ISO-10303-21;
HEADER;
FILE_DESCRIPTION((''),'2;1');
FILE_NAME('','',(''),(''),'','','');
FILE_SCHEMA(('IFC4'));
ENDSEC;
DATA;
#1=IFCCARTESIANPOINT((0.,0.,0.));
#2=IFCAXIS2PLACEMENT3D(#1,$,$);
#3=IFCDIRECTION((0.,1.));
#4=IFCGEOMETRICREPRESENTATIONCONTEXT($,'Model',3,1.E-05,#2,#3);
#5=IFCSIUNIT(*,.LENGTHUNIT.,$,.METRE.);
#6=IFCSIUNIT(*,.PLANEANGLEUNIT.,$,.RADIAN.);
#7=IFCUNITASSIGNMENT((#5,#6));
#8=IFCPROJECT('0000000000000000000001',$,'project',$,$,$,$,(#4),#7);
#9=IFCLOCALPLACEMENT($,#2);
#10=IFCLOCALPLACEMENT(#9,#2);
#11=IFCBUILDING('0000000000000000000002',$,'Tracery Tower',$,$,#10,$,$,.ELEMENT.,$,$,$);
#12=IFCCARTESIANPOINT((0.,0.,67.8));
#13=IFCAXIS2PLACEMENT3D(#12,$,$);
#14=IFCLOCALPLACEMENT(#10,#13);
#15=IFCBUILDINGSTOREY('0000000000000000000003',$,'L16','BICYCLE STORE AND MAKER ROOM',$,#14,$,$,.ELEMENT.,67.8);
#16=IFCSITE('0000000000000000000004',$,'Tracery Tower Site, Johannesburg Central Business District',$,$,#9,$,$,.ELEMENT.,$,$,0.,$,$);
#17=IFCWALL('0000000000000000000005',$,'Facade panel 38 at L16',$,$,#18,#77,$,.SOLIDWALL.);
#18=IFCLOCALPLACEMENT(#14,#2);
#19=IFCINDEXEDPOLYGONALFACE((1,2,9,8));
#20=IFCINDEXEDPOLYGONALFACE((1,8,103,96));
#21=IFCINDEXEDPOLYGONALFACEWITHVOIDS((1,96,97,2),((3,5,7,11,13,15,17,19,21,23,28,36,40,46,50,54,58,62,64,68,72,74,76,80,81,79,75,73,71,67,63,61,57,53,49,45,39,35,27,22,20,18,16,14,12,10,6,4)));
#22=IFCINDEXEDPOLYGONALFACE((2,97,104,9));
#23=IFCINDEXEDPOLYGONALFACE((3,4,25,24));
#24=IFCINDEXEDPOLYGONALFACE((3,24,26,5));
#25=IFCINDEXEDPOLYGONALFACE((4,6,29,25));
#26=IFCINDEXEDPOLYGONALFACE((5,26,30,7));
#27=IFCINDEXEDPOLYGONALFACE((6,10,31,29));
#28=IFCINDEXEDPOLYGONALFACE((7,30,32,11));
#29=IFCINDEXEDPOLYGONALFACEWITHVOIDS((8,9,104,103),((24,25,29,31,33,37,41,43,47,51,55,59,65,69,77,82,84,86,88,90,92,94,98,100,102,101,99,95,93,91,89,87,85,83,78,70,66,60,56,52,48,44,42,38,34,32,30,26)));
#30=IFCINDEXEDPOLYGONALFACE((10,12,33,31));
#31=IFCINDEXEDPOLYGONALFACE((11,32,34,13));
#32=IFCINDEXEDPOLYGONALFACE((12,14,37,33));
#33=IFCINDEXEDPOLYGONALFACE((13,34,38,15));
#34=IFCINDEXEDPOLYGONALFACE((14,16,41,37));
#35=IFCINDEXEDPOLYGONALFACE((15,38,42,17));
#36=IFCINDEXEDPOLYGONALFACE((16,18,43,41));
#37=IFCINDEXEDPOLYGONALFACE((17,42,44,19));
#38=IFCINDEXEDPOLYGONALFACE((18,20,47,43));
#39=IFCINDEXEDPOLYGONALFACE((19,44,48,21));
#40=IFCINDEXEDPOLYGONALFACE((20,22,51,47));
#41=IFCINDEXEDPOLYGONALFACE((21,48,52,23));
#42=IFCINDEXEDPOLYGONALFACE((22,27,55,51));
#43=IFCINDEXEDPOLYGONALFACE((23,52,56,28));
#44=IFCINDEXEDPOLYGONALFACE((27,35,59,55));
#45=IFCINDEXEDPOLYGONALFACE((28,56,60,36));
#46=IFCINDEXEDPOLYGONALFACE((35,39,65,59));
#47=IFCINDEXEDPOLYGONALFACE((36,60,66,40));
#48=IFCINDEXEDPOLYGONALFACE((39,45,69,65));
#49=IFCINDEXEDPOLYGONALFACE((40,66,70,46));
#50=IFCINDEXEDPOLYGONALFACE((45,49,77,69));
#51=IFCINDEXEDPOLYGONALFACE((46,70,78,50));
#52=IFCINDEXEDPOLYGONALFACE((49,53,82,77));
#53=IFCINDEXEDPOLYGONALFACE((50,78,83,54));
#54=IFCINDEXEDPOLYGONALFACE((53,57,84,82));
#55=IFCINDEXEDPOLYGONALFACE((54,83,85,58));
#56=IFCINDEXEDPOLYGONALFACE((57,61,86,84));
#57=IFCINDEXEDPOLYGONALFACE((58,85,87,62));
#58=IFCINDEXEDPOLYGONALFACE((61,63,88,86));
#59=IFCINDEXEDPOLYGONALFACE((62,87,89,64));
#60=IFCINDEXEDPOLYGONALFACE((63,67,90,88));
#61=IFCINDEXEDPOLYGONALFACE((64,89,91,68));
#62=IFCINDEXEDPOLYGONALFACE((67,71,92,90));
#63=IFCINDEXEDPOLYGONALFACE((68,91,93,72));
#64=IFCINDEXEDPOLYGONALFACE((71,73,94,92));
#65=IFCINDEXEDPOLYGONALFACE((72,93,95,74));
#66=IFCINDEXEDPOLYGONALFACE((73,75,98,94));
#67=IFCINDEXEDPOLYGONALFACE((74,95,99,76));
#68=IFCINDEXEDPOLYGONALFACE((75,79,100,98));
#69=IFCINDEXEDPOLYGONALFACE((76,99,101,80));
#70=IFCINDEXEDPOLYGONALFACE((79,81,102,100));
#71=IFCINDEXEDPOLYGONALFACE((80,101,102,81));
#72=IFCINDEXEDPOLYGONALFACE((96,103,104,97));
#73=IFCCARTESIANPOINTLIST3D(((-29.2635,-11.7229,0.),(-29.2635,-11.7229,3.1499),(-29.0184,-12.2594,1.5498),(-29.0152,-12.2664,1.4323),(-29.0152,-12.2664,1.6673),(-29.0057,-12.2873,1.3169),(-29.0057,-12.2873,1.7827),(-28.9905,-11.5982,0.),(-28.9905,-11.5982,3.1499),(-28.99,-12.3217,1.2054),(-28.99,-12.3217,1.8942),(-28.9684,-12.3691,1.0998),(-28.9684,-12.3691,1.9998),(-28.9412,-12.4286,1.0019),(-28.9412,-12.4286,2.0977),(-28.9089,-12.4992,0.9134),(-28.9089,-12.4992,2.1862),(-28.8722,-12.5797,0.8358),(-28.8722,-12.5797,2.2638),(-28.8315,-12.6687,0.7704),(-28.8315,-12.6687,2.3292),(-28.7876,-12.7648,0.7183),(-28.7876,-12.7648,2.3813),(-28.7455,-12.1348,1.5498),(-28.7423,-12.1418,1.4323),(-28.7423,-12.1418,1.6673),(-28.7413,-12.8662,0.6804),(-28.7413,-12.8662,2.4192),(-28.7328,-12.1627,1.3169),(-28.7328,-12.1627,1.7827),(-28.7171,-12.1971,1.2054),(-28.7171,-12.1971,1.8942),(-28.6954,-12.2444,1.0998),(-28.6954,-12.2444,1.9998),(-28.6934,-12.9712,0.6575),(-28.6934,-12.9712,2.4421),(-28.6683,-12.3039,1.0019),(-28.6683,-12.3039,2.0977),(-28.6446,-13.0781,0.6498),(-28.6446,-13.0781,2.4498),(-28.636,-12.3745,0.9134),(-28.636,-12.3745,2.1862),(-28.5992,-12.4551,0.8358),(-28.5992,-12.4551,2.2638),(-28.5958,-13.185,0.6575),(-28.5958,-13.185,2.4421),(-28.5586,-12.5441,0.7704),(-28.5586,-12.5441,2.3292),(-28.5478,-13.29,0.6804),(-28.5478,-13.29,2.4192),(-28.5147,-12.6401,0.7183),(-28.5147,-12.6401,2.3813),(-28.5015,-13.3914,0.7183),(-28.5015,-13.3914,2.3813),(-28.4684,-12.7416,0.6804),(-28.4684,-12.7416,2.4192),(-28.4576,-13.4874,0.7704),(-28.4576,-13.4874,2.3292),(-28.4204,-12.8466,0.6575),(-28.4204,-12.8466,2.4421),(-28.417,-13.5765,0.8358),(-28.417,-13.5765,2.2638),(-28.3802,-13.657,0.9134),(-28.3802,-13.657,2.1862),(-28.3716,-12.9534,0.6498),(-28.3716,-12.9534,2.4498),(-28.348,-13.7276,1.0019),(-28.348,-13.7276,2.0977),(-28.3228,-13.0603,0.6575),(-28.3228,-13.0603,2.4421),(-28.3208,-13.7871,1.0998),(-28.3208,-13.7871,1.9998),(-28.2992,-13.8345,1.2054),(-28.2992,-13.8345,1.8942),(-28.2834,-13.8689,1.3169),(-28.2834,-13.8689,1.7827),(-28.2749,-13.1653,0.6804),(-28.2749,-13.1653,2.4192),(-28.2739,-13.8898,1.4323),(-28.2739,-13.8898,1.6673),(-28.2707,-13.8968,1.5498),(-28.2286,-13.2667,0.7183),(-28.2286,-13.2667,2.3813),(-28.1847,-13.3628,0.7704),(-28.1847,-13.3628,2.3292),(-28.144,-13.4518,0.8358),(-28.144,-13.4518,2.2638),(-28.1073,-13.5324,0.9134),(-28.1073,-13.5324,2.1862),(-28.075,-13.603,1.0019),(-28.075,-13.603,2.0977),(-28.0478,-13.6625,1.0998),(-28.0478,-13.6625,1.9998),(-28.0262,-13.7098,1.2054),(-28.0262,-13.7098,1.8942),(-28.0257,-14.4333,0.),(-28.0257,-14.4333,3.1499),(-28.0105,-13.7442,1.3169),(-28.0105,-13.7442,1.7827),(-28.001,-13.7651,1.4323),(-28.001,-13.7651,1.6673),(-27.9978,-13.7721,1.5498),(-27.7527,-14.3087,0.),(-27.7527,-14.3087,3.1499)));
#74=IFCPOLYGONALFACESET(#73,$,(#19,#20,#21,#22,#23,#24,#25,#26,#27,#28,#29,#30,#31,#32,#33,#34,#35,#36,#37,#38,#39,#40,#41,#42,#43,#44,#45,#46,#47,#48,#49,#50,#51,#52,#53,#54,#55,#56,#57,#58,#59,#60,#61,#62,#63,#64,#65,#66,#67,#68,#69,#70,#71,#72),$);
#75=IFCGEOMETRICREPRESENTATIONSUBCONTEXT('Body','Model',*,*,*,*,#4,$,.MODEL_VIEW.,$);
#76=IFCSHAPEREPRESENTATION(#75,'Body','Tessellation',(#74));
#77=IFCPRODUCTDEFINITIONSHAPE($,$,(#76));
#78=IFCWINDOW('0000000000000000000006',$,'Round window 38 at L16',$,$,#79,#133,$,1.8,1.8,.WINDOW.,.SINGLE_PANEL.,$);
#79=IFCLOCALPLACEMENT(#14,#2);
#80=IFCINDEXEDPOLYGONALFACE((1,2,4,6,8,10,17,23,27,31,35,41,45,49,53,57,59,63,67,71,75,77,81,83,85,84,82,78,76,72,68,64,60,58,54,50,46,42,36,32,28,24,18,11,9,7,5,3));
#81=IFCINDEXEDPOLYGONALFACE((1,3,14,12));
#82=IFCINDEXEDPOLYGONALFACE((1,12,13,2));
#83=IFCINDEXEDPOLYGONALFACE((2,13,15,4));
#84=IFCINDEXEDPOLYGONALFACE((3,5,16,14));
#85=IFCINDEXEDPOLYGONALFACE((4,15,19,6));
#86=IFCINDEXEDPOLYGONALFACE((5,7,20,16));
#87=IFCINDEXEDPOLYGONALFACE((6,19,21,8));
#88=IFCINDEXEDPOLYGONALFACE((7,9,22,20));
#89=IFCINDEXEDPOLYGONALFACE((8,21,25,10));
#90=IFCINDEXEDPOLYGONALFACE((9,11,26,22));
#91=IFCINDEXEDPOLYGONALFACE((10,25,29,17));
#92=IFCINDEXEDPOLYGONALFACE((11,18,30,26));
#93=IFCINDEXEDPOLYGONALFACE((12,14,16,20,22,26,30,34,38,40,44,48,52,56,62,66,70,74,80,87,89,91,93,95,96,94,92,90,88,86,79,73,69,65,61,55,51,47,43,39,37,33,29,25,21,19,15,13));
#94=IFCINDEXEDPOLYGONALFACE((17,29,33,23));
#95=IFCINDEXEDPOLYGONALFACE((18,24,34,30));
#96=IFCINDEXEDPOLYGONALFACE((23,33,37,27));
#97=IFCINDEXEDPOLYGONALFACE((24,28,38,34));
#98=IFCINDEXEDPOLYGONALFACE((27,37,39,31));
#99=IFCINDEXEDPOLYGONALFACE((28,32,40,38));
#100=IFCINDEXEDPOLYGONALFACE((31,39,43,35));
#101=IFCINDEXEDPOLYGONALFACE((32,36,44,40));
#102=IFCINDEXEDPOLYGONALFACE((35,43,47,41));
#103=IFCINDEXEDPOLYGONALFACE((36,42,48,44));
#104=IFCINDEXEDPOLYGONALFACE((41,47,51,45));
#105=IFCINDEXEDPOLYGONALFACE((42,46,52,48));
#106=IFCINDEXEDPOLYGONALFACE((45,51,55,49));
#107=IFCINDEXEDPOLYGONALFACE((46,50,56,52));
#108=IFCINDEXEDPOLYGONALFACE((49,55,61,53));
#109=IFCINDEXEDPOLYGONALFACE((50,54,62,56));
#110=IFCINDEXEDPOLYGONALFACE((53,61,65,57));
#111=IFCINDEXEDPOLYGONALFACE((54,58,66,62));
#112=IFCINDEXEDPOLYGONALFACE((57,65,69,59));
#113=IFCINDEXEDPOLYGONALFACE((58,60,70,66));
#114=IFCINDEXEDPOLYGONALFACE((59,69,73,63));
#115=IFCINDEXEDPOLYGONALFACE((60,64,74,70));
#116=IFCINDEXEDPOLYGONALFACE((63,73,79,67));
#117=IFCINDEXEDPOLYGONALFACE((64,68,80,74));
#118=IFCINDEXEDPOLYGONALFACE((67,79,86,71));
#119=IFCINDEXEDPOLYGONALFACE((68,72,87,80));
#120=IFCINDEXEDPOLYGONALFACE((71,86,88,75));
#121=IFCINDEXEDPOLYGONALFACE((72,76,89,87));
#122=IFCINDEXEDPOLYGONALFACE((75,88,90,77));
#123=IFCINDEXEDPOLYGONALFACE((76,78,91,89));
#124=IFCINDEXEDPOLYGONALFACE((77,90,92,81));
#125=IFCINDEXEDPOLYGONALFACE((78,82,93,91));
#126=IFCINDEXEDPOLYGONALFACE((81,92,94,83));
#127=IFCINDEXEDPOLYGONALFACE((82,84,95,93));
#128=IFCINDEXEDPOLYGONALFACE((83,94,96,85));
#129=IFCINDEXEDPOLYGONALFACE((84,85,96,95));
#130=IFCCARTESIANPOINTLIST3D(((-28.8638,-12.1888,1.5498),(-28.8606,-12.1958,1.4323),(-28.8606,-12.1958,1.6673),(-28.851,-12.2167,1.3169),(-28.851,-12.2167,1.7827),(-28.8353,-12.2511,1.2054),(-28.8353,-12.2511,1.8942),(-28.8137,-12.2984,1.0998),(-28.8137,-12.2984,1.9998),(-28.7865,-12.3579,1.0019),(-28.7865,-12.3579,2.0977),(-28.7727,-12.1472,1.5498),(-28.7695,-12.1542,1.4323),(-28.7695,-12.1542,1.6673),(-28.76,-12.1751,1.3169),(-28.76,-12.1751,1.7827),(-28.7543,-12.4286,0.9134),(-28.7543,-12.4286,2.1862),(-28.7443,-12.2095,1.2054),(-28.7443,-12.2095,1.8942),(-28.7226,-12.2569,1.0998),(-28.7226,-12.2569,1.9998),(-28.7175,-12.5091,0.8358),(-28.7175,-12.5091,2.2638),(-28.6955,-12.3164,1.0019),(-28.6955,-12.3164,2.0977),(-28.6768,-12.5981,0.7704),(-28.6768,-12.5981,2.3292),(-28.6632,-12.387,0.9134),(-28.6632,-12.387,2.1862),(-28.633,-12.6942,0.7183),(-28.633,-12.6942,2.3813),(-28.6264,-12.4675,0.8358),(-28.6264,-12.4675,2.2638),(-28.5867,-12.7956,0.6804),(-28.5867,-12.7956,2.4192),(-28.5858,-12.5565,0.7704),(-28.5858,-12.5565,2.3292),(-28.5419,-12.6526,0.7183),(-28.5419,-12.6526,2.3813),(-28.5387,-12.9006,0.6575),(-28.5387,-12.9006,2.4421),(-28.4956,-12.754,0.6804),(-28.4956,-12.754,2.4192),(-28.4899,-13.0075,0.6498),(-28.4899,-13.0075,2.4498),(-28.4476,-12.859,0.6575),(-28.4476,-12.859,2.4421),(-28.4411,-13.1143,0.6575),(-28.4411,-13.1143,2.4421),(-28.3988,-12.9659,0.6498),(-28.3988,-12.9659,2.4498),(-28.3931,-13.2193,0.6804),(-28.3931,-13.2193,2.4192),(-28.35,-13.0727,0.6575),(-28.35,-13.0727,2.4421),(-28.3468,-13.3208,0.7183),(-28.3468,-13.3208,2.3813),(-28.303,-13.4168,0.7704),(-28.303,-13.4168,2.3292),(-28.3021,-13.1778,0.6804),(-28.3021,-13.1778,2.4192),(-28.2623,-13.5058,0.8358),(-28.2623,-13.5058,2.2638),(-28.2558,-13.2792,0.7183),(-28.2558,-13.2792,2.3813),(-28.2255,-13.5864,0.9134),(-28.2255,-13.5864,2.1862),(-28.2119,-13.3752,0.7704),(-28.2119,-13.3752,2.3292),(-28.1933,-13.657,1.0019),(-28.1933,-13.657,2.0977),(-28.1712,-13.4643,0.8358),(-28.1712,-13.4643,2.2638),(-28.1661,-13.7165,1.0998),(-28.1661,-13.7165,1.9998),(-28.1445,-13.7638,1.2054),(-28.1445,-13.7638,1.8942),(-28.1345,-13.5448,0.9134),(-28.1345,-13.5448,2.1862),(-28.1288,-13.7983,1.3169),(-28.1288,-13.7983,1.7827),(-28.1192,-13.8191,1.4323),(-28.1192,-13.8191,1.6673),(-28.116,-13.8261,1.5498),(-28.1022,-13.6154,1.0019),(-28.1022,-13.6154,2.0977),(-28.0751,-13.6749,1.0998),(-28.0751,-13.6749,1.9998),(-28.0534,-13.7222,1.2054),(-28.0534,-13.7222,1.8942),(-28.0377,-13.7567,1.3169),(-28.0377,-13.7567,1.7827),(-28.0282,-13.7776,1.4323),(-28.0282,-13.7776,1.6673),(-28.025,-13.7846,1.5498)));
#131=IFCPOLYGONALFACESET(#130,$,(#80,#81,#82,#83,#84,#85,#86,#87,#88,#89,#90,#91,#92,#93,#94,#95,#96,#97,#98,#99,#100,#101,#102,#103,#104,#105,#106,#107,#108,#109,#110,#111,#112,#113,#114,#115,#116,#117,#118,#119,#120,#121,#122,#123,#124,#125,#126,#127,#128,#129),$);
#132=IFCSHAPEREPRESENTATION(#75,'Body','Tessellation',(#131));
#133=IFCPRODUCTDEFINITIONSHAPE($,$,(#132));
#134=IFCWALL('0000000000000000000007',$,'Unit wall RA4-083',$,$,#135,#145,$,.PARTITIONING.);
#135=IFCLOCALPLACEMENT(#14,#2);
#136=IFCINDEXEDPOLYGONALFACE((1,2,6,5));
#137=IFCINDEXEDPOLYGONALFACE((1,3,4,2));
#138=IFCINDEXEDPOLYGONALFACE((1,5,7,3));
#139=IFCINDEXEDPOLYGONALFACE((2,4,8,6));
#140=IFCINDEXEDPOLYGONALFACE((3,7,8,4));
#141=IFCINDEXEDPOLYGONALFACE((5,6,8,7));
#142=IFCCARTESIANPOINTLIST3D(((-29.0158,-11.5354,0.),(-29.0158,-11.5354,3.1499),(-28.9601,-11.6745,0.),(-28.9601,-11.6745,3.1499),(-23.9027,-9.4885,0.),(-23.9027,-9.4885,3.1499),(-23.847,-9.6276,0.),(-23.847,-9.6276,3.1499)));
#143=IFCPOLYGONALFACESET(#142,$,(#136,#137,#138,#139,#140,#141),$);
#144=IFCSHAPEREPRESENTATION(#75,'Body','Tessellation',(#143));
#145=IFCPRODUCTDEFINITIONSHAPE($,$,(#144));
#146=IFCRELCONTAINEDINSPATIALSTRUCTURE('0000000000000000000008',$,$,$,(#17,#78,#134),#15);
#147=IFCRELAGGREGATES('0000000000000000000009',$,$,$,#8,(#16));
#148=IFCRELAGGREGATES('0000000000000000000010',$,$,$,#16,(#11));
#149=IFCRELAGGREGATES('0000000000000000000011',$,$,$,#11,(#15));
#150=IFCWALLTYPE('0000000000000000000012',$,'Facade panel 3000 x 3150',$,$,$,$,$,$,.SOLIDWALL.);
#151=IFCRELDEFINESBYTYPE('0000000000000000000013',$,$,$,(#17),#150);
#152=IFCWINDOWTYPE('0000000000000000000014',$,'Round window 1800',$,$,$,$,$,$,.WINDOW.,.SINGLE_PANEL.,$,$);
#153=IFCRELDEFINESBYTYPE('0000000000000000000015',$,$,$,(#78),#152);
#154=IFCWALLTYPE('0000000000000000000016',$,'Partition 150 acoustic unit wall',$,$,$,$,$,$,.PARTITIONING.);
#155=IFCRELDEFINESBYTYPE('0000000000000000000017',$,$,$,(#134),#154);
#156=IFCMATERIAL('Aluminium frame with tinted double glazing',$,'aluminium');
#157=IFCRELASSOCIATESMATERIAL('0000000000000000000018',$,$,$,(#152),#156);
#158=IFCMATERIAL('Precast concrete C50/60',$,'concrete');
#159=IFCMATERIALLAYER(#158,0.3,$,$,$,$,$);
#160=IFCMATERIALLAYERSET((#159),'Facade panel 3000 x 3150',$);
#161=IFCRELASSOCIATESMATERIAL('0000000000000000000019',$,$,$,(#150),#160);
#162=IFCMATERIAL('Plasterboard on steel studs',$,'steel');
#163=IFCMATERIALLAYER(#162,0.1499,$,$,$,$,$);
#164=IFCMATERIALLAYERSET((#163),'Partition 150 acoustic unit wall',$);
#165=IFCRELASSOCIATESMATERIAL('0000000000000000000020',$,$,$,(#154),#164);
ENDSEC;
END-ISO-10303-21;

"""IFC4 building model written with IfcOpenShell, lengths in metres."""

from ifc_helpers import new_model, si_unit, direction, frame, frame_2d, origin, origin_2d, place, context, subcontext, project, spatial, rectangle, circle, extrude, material, layer, layer_set, type_object, element, fill, save


model = new_model("IFC4")

# Units and contexts
model_context = context("Model", 3, precision=1e-05, world=origin(), true_north=direction((0.0, 1.0)))
body_context = subcontext(model_context, "Body", "Model", "MODEL_VIEW")
ifc_project = project(units=[si_unit("LENGTHUNIT", "METRE"), si_unit("PLANEANGLEUNIT", "RADIAN")], contexts=[model_context])

# Site, building, storey
site_placement = place(None, origin())
site = spatial("IfcSite", under=ifc_project, at=site_placement, Name="Tracery Tower Site, Johannesburg Central Business District", CompositionType="ELEMENT", RefElevation=0.0)
building_placement = place(site_placement, origin())
building = spatial("IfcBuilding", under=site, at=building_placement, Name="Tracery Tower", CompositionType="ELEMENT")
storey_placement = place(building_placement, frame((0.0, 0.0, 67.8)))
storey = spatial("IfcBuildingStorey", under=building, at=storey_placement, Name="L16", Description="BICYCLE STORE AND MAKER ROOM", CompositionType="ELEMENT", Elevation=67.8)

# Wall, opening, window
ifc_material_1 = material(Name="Aluminium frame with tinted double glazing", Category="aluminium")
window_type = type_object("IfcWindowType", Name="Round window 1800", PartitioningType="SINGLE_PANEL", PredefinedType="WINDOW", material=ifc_material_1)
ifc_material_2 = material(Name="Precast concrete C50/60", Category="concrete")
ifc_layer_1 = layer(ifc_material_2, 0.3)
ifc_layer_set_1 = layer_set([ifc_layer_1], Name="Facade panel 3000 x 3150")
wall_type_1 = type_object("IfcWallType", Name="Facade panel 3000 x 3150", PredefinedType="SOLIDWALL", material=ifc_layer_set_1)
wall_1_placement = place(storey_placement, frame((-29.127, -11.6606, 0.0), z_axis=(0.0, 0.0, 1.0), x_axis=(0.415407, -0.909636, 0.0)))
wall_1 = element("IfcWall", 1, at=wall_1_placement, inside=storey, type_object=wall_type_1, Name="Facade panel 38 at L16", PredefinedType="SOLIDWALL", context=body_context, shape_type="SweptSolid", body=[
    extrude(rectangle(XDim=2.9797, YDim=0.3, at=frame_2d((1.4897, 0.0))), origin(), (0.0, 0.0, 1.0), 3.1499),
])
opening_1_placement = place(wall_1_placement, frame((1.4897, 0.0, 1.5498)))
opening_1 = element("IfcOpeningElement", 2, at=opening_1_placement, cuts=wall_1, PredefinedType="OPENING", context=body_context, shape_type="SweptSolid", body=[
    extrude(circle(Radius=0.9, at=origin_2d()), frame((0.0, 0.1599, 0.0), z_axis=(0.0, -1.0, 0.0), x_axis=(1.0, 0.0, 0.0)), (0.0, 0.0, 1.0), 0.3201),
])
window_1_placement = place(opening_1_placement, origin())
window_1 = element("IfcWindow", 3, at=window_1_placement, inside=storey, type_object=window_type, Name="Round window 38 at L16", OverallHeight=1.8, OverallWidth=1.8, PartitioningType="SINGLE_PANEL", PredefinedType="WINDOW", context=body_context, shape_type="SweptSolid", body=[
    extrude(circle(Radius=0.9, at=origin_2d()), frame((0.0, 0.1201, 0.0), z_axis=(0.0, -1.0, 0.0), x_axis=(1.0, 0.0, 0.0)), (0.0, 0.0, 1.0), 0.1001),
])
fill(opening_1, window_1)

# Wall
ifc_material_3 = material(Name="Plasterboard on steel studs", Category="steel")
ifc_layer_2 = layer(ifc_material_3, 0.1499)
ifc_layer_set_2 = layer_set([ifc_layer_2], Name="Partition 150 acoustic unit wall")
wall_type_2 = type_object("IfcWallType", Name="Partition 150 acoustic unit wall", PredefinedType="PARTITIONING", material=ifc_layer_set_2)
wall_2_placement = place(storey_placement, frame((-28.988, -11.605, 0.0), z_axis=(0.0, 0.0, 1.0), x_axis=(0.928373, 0.371651, 0.0)))
element("IfcWall", 4, at=wall_2_placement, inside=storey, type_object=wall_type_2, Name="Unit wall RA4-083", PredefinedType="PARTITIONING", context=body_context, shape_type="SweptSolid", body=[
    extrude(rectangle(XDim=5.5076, YDim=0.1499, at=frame_2d((2.7539, 0.0))), origin(), (0.0, 0.0, 1.0), 3.1499),
])

save(model, "model.ifc")
